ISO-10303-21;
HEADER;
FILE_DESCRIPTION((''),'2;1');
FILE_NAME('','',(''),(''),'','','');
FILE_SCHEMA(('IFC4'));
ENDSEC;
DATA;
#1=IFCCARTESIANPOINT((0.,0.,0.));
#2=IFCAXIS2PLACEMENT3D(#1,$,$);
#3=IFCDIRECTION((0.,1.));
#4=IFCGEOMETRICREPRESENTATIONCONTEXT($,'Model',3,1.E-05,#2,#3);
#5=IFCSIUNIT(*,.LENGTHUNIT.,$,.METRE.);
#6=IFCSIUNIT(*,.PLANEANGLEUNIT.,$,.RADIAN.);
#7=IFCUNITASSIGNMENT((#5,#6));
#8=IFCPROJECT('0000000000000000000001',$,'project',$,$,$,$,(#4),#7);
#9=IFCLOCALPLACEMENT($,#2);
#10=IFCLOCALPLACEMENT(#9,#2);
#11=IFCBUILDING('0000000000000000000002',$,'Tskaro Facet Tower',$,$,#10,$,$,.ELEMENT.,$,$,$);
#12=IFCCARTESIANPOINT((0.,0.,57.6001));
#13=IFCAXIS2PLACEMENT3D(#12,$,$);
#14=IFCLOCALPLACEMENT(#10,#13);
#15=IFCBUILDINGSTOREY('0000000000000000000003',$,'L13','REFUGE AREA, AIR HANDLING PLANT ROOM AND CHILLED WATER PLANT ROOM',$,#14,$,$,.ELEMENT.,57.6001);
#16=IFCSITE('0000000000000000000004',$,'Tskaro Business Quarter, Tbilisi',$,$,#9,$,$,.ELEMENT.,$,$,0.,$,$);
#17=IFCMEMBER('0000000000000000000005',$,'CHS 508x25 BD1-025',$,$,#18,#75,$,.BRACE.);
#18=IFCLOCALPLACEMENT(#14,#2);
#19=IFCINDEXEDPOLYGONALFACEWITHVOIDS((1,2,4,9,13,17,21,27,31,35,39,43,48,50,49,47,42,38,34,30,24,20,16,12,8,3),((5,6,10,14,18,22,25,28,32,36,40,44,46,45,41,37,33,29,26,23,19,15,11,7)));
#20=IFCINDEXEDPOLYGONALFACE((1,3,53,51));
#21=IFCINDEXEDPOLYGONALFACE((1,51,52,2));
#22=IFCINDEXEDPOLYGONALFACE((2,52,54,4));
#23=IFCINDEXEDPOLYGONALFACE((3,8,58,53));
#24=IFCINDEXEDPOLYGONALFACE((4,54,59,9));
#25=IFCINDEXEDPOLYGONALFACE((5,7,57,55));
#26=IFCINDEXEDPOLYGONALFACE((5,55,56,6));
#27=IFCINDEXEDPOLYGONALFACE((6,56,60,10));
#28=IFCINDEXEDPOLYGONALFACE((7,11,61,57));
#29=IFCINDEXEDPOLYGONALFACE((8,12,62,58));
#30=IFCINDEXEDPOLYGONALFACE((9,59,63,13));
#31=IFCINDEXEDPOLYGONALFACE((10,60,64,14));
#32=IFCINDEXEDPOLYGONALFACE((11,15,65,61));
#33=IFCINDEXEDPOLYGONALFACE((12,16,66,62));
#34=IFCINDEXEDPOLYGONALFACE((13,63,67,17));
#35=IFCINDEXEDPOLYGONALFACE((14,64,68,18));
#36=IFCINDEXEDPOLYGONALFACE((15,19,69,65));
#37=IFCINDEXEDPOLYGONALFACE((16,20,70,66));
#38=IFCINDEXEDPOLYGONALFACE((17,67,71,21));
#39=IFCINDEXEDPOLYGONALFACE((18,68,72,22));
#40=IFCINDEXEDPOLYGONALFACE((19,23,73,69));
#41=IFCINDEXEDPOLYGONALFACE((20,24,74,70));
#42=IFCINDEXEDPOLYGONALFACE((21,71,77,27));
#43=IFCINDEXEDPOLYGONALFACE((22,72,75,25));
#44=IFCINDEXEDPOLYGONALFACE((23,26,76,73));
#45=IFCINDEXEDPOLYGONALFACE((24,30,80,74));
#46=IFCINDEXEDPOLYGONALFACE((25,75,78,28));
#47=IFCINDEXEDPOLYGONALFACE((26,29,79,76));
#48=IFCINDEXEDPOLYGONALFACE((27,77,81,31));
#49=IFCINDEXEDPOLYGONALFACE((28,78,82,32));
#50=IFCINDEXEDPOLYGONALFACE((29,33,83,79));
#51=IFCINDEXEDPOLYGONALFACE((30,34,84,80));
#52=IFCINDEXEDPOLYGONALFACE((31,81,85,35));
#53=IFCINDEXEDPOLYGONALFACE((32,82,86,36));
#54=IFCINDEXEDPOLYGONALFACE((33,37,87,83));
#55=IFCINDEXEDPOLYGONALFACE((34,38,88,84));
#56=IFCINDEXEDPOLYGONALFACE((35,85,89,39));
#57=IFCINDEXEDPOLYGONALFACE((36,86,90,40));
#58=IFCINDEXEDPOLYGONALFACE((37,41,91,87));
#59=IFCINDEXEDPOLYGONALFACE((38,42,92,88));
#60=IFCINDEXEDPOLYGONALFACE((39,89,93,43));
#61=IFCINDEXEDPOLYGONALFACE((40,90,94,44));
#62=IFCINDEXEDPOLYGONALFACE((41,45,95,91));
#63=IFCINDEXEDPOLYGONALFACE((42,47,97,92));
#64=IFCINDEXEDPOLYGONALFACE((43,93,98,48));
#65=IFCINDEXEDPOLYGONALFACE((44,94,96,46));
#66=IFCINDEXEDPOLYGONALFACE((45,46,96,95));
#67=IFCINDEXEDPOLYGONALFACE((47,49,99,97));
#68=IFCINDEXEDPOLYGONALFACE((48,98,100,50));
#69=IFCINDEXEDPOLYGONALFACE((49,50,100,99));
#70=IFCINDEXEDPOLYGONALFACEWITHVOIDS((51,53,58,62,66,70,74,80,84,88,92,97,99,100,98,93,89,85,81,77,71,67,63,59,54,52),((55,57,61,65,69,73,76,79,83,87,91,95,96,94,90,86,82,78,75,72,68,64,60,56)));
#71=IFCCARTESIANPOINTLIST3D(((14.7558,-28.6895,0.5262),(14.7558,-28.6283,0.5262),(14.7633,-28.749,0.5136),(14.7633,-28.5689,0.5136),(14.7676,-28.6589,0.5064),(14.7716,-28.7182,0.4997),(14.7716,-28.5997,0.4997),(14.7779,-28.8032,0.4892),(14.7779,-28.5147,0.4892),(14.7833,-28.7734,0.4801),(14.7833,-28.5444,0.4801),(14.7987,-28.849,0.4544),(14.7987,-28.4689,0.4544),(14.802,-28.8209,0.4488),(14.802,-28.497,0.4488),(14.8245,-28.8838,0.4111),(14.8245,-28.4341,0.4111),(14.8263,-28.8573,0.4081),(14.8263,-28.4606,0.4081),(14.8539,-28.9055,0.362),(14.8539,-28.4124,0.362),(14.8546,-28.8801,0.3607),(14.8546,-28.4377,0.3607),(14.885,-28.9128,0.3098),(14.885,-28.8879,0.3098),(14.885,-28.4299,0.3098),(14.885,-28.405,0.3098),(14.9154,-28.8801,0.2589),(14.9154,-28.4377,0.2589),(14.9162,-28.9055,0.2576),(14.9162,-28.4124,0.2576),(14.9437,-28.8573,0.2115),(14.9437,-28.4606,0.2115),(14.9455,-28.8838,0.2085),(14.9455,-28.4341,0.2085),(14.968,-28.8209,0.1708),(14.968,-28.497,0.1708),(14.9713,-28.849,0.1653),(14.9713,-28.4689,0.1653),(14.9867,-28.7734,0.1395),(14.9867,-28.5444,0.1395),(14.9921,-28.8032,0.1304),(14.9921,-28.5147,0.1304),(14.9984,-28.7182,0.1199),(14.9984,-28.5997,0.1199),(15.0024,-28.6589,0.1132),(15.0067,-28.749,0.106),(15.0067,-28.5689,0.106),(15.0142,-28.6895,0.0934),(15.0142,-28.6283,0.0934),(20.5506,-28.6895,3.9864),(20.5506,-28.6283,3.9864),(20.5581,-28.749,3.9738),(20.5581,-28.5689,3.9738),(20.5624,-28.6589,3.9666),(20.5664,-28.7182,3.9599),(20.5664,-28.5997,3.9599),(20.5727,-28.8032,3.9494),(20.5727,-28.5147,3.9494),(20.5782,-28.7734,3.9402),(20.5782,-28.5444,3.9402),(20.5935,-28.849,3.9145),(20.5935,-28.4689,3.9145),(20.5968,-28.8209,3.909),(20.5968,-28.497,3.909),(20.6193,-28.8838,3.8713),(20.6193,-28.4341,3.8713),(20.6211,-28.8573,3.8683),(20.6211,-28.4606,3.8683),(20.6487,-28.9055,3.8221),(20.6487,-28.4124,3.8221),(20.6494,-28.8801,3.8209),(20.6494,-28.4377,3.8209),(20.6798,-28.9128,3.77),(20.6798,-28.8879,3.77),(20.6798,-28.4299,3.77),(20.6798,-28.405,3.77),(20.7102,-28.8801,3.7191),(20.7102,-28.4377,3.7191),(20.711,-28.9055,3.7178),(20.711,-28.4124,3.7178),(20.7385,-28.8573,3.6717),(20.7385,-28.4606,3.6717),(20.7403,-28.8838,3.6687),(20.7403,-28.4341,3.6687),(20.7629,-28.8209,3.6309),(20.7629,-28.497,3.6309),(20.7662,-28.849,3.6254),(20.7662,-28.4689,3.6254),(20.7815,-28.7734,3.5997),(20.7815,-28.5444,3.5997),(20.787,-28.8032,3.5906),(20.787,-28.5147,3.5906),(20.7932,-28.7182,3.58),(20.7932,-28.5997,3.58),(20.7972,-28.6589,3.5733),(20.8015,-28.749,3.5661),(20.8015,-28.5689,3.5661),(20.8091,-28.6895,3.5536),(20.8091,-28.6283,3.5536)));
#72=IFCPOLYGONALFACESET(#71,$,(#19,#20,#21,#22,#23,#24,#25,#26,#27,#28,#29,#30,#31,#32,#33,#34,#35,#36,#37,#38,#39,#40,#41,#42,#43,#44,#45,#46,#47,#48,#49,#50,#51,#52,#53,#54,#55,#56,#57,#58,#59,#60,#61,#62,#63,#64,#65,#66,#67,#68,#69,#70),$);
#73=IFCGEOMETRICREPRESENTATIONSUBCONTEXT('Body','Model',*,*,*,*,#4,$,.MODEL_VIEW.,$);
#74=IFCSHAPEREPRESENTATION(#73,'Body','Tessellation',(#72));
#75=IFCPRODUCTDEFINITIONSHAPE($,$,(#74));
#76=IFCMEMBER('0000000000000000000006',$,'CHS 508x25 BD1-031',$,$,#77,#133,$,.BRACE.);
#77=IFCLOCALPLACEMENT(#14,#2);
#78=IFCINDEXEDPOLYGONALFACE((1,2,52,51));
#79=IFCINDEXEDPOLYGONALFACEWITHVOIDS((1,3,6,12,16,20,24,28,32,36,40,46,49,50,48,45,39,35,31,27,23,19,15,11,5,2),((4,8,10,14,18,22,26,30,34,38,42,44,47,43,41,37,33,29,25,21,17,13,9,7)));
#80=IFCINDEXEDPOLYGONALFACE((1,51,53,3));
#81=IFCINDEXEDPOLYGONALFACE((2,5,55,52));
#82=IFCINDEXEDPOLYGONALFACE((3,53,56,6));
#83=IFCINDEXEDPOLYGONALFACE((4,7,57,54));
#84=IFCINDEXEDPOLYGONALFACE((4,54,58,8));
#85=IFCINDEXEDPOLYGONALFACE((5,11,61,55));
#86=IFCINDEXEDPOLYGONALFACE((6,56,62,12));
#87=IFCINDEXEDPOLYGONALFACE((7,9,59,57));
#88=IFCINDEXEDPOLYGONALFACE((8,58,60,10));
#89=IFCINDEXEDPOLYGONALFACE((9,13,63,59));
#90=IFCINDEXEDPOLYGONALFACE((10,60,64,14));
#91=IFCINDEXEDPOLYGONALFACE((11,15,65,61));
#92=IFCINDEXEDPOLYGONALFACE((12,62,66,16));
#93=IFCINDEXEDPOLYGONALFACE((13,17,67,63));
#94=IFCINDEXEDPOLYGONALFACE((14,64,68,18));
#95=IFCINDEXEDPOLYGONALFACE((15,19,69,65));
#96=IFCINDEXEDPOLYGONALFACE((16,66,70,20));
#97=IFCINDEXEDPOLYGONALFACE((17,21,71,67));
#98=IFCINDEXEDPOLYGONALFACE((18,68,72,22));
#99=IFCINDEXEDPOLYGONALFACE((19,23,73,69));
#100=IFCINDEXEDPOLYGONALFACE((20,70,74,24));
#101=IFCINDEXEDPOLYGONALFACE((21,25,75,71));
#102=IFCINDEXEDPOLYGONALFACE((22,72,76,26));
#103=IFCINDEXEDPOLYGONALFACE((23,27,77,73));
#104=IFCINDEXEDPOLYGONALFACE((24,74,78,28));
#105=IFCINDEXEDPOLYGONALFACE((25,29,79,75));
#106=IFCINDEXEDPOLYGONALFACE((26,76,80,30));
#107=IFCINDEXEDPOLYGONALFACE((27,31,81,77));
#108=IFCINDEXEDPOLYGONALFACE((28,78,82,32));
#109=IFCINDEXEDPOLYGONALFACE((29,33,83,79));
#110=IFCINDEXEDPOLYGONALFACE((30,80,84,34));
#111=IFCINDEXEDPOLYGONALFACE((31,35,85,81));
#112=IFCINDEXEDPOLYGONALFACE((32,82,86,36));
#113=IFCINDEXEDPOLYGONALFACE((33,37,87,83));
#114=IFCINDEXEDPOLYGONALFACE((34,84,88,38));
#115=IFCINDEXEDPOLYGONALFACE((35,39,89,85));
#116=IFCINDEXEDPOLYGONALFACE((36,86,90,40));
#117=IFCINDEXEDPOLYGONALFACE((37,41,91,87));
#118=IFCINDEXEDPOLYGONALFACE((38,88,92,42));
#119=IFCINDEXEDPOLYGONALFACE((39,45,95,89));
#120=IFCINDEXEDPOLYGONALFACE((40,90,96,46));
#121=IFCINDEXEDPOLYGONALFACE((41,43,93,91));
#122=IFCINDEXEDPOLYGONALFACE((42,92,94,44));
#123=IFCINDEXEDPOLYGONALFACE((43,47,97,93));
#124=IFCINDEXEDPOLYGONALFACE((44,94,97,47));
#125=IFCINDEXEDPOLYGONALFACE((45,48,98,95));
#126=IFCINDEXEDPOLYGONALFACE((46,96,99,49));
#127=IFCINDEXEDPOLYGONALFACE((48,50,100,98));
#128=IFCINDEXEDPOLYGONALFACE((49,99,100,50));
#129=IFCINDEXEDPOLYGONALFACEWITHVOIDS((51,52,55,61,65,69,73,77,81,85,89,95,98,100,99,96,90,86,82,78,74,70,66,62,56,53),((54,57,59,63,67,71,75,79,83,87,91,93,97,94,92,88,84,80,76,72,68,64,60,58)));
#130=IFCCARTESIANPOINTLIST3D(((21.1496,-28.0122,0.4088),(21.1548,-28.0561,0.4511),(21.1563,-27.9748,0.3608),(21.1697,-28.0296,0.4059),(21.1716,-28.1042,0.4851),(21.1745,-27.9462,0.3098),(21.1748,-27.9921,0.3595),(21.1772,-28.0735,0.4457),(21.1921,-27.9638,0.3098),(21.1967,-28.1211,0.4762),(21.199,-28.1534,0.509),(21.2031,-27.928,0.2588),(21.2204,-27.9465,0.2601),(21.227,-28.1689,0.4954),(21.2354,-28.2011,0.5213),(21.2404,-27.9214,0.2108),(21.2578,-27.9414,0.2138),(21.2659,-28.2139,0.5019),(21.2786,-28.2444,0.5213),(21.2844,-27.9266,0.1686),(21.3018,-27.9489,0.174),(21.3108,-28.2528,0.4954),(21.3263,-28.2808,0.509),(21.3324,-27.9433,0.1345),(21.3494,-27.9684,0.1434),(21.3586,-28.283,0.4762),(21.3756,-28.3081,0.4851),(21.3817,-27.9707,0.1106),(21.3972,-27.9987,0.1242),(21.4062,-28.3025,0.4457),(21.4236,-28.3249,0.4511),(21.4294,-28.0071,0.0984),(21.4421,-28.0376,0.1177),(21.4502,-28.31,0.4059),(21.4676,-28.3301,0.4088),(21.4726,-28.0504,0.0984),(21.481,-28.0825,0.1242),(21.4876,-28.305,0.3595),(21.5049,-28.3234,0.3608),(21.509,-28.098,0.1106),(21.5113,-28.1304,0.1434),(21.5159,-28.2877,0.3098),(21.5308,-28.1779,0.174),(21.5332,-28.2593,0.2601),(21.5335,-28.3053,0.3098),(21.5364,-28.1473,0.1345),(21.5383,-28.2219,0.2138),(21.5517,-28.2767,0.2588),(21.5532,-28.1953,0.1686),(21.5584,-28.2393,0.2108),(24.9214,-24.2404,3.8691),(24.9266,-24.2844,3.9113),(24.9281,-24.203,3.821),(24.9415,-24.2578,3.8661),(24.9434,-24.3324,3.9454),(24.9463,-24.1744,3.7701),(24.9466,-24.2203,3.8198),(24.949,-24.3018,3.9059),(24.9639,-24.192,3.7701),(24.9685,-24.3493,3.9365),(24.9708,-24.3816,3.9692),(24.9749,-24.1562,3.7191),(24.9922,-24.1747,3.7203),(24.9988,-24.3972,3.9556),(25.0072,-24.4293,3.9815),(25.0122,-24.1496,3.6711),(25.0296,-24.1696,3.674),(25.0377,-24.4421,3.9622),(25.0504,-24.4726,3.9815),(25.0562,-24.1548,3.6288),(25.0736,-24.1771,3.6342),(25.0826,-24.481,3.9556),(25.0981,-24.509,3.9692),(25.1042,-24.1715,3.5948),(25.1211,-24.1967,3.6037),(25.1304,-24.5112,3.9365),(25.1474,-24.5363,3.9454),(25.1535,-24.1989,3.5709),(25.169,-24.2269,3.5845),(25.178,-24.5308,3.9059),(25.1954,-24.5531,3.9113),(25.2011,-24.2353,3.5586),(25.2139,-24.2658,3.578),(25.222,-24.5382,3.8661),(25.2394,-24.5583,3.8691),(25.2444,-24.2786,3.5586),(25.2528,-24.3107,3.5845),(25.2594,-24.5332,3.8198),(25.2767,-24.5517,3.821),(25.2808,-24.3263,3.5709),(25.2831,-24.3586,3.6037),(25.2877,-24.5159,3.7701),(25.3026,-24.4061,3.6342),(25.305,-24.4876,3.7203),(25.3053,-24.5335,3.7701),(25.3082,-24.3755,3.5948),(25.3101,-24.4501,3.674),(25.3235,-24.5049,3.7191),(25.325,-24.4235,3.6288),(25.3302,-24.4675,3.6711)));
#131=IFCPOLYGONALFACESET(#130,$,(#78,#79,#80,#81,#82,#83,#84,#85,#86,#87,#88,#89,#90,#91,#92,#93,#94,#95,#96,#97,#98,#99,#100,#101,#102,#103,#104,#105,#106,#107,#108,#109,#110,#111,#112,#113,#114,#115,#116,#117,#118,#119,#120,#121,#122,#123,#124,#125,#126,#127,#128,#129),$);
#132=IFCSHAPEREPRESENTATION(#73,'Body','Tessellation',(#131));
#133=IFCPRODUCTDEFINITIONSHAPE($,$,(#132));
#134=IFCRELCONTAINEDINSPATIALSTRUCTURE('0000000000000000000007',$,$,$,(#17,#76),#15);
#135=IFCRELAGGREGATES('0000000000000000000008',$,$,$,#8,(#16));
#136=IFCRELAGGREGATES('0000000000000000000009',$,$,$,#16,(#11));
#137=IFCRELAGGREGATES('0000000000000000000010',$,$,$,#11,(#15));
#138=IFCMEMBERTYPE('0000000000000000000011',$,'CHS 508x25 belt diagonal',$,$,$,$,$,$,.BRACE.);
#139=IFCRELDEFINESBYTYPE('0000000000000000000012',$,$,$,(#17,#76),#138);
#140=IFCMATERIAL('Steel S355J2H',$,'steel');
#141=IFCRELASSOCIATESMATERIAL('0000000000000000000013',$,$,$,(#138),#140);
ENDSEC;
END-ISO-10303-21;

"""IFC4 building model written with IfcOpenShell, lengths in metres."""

from ifc_helpers import new_model, si_unit, direction, frame, origin, origin_2d, place, context, subcontext, project, spatial, hollow_circle, extrude, material, material_profile, profile_set, type_object, element, save


model = new_model("IFC4")

# Units and contexts
model_context = context("Model", 3, precision=1e-05, world=origin(), true_north=direction((0.0, 1.0)))
body_context = subcontext(model_context, "Body", "Model", "MODEL_VIEW")
ifc_project = project(units=[si_unit("LENGTHUNIT", "METRE"), si_unit("PLANEANGLEUNIT", "RADIAN")], contexts=[model_context])

# Site, building, storey
site_placement = place(None, origin())
site = spatial("IfcSite", under=ifc_project, at=site_placement, Name="Tskaro Business Quarter, Tbilisi", CompositionType="ELEMENT", RefElevation=0.0)
building_placement = place(site_placement, origin())
building = spatial("IfcBuilding", under=site, at=building_placement, Name="Tskaro Facet Tower", CompositionType="ELEMENT")
storey_placement = place(building_placement, frame((0.0, 0.0, 57.6001)))
storey = spatial("IfcBuildingStorey", under=building, at=storey_placement, Name="L13", Description="REFUGE AREA, AIR HANDLING PLANT ROOM AND CHILLED WATER PLANT ROOM", CompositionType="ELEMENT", Elevation=57.6001)

# Shared definitions
ifc_material_1 = material(Name="Steel S355J2H", Category="steel")

# Members
ifc_material_profile_1 = material_profile(ifc_material_1, hollow_circle(Radius=0.2539, WallThickness=0.0249, at=origin_2d()), Name="CHS 508x25")
ifc_profile_set_1 = profile_set([ifc_material_profile_1], Name="Steel S355J2H")
member_type_1 = type_object("IfcMemberType", Name="CHS 508x25 belt diagonal", PredefinedType="BRACE", material=ifc_profile_set_1)
for number, where, z_axis, x_axis, name in (
    (1, (14.885, -28.6589, 0.3098), (0.858586, 0.0, 0.51267), (0.0, 1.0, 0.0), "CHS 508x25 BD1-025"),
):
    element("IfcMember", number, at=place(storey_placement, frame(where, z_axis=z_axis, x_axis=x_axis)), inside=storey, type_object=member_type_1, Name=name, PredefinedType="BRACE", context=body_context, shape_type="SweptSolid", body=[
        extrude(hollow_circle(Radius=0.2539, WallThickness=0.0249, at=origin_2d()), origin(), (0.0, 0.0, 1.0), 6.7493),
    ])
member_1_placement = place(storey_placement, frame((21.354, -28.1257, 0.3098), z_axis=(0.59322, 0.59322, 0.544224), x_axis=(-0.707107, 0.707107, 0.0)))
element("IfcMember", 2, at=member_1_placement, inside=storey, type_object=member_type_1, Name="CHS 508x25 BD1-031", PredefinedType="BRACE", context=body_context, shape_type="SweptSolid", body=[
    extrude(hollow_circle(Radius=0.2539, WallThickness=0.0249, at=origin_2d()), origin(), (0.0, 0.0, 1.0), 6.3582),
])

save(model, "model.ifc")
